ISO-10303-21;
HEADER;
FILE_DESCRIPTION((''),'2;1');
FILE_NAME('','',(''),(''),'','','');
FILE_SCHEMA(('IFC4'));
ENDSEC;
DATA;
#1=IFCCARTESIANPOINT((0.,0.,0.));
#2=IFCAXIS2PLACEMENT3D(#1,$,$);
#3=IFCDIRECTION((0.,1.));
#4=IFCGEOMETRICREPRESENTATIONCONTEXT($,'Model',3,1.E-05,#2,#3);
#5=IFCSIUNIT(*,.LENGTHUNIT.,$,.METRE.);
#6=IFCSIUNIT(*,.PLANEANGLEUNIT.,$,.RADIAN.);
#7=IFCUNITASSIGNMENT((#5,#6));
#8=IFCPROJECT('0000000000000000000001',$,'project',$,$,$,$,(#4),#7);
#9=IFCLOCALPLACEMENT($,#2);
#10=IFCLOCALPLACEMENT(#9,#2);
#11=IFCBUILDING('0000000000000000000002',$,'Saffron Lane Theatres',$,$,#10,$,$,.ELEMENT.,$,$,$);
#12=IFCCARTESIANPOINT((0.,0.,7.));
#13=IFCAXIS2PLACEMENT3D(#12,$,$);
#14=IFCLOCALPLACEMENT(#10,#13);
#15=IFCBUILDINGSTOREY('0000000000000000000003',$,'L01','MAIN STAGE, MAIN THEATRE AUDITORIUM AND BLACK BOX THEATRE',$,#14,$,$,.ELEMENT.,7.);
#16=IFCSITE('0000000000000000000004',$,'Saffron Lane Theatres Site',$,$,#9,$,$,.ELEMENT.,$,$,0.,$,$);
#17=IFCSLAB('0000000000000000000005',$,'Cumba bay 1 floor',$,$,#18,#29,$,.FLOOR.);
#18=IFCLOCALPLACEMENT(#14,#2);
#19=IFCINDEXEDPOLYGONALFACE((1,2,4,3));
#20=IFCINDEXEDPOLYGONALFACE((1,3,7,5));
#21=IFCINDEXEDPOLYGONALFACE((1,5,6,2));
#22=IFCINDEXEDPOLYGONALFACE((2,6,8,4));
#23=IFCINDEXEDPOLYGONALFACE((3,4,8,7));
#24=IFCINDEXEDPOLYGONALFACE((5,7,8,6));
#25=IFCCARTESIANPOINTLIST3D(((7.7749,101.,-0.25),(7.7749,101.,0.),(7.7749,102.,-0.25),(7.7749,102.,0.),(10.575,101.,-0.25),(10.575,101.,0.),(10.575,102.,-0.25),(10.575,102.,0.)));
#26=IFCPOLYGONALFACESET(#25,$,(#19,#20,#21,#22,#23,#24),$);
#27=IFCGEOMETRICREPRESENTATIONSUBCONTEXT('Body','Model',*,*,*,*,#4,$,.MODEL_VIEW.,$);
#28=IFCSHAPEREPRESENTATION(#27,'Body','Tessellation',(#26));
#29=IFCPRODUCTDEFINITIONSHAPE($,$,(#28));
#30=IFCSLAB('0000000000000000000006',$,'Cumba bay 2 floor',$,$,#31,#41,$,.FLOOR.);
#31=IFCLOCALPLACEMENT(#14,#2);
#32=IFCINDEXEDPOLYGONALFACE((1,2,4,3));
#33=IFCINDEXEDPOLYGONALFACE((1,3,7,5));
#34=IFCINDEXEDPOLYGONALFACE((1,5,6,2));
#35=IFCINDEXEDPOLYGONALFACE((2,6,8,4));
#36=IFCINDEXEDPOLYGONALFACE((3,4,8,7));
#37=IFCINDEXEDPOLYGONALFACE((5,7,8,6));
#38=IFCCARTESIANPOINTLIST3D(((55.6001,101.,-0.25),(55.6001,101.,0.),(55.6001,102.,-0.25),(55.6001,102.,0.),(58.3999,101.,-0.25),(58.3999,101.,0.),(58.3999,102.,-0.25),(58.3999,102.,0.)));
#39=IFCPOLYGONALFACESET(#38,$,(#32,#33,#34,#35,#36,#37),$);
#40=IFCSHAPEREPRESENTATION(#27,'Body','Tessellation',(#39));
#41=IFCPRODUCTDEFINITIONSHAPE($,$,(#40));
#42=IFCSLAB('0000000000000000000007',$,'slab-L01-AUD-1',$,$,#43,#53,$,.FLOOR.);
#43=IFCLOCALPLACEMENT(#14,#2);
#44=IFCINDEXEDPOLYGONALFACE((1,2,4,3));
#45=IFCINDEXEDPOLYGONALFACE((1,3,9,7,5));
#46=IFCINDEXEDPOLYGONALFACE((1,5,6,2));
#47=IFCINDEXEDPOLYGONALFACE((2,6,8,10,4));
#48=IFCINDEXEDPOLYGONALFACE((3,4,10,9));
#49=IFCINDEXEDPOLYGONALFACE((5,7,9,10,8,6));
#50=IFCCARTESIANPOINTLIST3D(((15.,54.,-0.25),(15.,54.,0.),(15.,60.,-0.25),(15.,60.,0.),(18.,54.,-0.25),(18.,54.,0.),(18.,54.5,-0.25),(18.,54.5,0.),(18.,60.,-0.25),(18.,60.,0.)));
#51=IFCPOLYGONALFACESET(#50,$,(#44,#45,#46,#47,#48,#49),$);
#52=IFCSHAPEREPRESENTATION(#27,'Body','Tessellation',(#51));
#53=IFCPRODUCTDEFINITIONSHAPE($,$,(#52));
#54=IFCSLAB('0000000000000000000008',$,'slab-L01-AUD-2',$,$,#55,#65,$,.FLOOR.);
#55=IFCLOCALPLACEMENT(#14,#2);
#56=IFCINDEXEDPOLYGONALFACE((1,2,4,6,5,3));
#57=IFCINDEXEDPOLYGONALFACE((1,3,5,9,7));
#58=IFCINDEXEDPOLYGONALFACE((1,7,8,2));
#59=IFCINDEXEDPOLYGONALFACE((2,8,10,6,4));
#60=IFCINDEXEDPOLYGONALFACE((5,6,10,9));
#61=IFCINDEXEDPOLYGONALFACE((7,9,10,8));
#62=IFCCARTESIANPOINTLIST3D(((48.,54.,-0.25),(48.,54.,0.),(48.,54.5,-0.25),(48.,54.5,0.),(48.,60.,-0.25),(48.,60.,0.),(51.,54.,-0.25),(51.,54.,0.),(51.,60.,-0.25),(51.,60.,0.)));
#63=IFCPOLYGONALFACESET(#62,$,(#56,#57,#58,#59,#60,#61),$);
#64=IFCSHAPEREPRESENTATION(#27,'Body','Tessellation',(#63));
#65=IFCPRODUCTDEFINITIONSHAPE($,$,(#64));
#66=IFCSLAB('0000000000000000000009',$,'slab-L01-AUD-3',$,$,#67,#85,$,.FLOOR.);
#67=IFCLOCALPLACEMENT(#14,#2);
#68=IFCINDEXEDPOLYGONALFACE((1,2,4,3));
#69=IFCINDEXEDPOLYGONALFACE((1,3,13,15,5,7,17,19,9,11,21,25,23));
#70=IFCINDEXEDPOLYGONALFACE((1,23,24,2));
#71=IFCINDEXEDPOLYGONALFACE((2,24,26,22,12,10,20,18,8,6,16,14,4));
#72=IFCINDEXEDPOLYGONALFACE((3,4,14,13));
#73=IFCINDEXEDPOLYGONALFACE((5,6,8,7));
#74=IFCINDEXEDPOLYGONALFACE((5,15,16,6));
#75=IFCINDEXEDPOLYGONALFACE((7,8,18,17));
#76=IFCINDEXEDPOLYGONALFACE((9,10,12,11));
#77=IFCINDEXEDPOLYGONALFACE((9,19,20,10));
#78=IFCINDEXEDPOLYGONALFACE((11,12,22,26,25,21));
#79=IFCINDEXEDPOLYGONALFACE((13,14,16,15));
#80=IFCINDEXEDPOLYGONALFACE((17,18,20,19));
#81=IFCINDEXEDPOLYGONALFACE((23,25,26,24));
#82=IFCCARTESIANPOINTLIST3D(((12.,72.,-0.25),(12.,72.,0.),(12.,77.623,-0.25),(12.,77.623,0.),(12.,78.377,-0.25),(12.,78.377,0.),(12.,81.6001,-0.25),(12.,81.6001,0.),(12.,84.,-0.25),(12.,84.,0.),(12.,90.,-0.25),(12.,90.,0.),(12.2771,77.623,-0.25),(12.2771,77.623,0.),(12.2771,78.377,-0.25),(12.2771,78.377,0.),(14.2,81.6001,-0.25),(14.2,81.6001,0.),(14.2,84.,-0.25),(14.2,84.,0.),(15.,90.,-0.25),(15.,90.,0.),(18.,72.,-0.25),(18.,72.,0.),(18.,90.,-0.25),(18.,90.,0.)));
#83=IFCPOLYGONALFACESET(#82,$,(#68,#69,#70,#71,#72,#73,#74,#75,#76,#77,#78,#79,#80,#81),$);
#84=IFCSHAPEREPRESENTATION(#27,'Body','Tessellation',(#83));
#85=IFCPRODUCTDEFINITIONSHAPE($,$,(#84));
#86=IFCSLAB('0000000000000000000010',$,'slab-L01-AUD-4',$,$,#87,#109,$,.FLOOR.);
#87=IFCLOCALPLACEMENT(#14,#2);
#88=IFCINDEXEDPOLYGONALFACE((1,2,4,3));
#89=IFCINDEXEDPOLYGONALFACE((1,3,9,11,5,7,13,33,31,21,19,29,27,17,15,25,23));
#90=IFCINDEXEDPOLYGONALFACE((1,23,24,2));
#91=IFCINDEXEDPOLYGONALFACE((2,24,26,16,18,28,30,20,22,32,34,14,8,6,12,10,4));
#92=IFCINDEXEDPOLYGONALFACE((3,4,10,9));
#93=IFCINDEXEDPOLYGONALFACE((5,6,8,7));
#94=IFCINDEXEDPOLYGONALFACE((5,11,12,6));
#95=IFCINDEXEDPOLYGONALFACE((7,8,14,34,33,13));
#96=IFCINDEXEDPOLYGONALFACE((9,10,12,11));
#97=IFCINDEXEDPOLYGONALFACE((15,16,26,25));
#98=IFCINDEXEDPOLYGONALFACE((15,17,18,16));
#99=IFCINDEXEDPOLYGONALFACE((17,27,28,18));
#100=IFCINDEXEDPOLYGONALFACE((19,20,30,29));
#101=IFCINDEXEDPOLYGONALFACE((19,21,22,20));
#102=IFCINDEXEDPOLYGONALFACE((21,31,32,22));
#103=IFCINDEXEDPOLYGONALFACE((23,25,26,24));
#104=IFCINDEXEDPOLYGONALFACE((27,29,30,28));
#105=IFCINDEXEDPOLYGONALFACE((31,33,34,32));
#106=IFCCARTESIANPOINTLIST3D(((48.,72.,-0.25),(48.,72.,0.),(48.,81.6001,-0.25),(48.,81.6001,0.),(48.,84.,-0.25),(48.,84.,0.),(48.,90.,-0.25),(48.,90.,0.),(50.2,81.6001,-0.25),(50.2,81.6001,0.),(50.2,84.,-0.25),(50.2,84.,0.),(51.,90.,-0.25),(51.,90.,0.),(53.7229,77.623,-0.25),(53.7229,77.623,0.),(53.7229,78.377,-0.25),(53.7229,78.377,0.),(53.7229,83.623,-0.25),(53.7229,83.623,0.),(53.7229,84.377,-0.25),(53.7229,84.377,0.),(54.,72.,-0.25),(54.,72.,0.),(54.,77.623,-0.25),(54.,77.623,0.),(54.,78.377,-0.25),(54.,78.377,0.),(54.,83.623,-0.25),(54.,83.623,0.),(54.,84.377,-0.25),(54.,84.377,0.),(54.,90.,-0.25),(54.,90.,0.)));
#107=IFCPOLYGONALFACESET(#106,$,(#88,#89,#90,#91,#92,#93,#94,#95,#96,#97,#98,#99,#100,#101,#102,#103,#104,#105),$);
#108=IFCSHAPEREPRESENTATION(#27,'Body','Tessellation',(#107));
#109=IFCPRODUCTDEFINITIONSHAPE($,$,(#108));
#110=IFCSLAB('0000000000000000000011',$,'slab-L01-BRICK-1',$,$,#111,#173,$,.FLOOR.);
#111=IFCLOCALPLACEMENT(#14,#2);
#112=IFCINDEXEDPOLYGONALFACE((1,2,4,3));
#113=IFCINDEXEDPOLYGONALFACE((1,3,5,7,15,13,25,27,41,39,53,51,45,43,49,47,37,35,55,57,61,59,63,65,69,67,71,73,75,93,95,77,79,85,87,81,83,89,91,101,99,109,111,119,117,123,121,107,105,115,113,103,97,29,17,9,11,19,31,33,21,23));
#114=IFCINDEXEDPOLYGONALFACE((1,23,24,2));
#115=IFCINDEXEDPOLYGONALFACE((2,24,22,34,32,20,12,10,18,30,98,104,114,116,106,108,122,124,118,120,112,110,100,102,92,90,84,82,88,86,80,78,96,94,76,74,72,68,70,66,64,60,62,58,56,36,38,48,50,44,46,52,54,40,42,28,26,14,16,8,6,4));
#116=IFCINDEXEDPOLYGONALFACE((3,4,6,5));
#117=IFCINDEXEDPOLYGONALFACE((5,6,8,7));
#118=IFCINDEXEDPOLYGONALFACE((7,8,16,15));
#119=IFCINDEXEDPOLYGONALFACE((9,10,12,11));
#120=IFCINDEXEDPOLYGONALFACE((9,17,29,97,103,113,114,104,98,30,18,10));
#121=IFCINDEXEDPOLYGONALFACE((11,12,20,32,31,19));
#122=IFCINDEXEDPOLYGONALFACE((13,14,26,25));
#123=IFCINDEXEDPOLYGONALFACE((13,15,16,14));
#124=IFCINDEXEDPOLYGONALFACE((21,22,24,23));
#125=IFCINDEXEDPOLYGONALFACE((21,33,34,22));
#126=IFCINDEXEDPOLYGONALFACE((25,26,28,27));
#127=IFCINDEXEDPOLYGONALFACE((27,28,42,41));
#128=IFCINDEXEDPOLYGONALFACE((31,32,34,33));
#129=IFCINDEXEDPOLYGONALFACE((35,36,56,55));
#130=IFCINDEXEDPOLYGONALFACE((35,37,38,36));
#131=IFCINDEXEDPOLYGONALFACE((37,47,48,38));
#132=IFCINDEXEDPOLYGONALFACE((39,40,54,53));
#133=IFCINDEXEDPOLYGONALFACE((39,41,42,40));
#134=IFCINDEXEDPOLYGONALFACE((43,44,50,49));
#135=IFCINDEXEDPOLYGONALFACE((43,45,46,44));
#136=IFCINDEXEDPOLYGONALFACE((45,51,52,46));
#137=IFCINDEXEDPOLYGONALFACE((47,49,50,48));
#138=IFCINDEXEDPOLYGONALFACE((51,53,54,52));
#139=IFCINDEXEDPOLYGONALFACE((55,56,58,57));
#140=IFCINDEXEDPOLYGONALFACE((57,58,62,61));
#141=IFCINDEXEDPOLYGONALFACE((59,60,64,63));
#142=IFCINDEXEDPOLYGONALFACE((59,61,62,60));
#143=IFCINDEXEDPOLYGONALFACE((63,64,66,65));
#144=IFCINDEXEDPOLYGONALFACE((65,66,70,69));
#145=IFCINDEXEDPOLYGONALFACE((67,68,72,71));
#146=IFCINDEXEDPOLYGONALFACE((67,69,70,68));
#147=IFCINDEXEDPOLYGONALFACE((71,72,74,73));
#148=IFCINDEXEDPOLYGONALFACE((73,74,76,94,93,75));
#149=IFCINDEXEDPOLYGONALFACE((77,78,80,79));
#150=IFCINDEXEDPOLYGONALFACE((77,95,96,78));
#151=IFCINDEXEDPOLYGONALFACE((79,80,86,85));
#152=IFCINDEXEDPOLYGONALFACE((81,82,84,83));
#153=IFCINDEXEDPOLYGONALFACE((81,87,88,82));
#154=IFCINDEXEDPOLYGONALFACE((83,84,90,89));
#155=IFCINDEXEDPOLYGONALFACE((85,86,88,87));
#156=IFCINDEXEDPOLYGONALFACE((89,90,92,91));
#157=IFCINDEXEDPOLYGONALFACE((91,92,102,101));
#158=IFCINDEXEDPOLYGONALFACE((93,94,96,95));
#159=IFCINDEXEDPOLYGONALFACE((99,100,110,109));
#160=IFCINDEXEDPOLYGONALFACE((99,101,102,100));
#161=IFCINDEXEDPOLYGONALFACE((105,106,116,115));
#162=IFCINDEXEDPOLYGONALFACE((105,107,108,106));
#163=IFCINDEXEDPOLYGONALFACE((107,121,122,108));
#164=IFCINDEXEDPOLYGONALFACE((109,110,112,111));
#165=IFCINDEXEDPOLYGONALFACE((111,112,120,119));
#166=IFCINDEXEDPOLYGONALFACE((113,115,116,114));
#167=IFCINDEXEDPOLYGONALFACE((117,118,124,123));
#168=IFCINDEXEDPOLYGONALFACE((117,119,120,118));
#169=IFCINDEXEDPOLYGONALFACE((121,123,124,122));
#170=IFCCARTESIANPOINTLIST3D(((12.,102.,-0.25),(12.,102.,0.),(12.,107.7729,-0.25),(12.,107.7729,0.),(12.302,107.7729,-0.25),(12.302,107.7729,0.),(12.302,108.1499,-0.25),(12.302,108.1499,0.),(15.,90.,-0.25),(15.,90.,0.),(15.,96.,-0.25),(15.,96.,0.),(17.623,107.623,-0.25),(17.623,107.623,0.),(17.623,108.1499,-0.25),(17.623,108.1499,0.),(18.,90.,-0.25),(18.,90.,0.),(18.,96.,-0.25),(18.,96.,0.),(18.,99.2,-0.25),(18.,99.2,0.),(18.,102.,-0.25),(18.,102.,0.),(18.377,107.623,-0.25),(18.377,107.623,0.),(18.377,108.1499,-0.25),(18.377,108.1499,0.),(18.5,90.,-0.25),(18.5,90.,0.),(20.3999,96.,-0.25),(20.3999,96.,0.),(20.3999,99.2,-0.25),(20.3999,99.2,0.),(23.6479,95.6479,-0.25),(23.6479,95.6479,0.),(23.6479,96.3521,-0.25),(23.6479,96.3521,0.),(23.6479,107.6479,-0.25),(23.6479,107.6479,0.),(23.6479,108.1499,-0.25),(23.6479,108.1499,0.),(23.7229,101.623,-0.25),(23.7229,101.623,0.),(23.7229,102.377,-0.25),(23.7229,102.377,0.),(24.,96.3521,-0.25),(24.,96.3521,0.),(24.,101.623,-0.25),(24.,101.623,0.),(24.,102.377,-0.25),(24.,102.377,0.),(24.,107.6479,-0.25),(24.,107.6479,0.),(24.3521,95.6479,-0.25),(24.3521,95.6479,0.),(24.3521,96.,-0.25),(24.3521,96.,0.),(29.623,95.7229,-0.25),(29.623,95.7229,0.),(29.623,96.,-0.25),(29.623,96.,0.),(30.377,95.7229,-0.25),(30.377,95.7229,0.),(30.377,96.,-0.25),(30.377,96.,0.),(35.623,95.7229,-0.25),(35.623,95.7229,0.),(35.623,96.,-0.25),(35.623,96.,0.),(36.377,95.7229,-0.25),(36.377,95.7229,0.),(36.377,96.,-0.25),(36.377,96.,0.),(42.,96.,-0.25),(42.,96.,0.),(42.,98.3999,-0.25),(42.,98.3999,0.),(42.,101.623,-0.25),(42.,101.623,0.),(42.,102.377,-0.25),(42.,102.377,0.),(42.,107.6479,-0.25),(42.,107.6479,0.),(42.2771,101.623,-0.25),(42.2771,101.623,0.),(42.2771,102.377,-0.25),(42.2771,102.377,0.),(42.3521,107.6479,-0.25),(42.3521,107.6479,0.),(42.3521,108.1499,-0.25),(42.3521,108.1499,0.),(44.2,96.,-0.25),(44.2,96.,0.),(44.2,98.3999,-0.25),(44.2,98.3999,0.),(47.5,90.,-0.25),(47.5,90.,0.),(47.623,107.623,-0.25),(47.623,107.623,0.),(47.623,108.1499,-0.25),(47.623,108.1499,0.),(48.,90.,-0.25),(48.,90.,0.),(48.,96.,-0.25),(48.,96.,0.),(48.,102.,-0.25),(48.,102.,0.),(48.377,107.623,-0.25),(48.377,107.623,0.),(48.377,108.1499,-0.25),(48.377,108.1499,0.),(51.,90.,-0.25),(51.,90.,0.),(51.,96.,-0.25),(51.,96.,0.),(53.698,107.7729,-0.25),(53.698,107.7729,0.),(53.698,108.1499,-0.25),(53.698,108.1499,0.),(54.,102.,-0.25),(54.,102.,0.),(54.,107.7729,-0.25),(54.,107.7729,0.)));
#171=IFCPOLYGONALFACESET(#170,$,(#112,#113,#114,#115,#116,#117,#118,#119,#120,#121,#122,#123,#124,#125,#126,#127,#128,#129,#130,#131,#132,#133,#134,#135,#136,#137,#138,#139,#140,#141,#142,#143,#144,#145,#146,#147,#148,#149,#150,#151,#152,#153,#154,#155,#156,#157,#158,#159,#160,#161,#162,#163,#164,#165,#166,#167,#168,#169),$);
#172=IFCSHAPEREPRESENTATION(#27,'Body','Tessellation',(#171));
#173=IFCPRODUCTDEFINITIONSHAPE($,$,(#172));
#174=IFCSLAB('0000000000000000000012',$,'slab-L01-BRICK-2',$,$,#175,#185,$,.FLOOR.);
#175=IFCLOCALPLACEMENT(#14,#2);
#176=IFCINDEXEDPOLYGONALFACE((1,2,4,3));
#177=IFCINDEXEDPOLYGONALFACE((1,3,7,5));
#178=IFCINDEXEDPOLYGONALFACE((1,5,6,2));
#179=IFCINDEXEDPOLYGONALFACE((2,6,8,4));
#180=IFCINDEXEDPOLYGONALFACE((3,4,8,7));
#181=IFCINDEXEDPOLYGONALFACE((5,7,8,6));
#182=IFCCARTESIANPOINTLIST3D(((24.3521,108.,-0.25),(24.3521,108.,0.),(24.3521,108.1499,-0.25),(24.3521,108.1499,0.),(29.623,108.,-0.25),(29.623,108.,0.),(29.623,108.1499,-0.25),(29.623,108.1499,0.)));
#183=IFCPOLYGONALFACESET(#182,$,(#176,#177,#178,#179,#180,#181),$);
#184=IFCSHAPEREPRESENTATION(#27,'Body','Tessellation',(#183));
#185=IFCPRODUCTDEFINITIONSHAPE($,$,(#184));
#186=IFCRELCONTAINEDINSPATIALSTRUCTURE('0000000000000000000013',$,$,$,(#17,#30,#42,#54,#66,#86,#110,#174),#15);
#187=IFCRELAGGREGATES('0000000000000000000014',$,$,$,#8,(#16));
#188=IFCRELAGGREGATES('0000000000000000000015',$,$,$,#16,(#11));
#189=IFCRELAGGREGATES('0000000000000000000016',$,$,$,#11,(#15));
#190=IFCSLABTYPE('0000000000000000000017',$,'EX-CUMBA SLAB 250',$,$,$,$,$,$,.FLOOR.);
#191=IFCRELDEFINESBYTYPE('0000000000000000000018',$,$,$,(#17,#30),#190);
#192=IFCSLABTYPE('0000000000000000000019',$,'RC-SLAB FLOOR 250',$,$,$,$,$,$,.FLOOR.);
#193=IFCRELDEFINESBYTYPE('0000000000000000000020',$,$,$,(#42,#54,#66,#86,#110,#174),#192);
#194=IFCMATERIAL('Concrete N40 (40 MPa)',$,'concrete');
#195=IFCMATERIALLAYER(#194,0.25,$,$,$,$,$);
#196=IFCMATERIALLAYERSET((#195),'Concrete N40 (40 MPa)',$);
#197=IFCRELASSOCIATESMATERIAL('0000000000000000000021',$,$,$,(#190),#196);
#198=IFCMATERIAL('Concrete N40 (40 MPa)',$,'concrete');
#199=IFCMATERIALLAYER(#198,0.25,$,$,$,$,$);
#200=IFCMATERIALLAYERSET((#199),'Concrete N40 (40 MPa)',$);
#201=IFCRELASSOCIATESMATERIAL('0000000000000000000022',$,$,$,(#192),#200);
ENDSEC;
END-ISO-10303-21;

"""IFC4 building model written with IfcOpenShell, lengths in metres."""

from ifc_helpers import new_model, si_unit, direction, frame, origin, place, context, subcontext, project, spatial, polyline, outline, extrude, material, layer, layer_set, type_object, element, save


model = new_model("IFC4")

# Units and contexts
model_context = context("Model", 3, precision=1e-05, world=origin(), true_north=direction((0.0, 1.0)))
body_context = subcontext(model_context, "Body", "Model", "MODEL_VIEW")
ifc_project = project(units=[si_unit("LENGTHUNIT", "METRE"), si_unit("PLANEANGLEUNIT", "RADIAN")], contexts=[model_context])

# Site, building, storey
site_placement = place(None, origin())
site = spatial("IfcSite", under=ifc_project, at=site_placement, Name="Saffron Lane Theatres Site", CompositionType="ELEMENT", RefElevation=0.0)
building_placement = place(site_placement, origin())
building = spatial("IfcBuilding", under=site, at=building_placement, Name="Saffron Lane Theatres", CompositionType="ELEMENT")
storey_placement = place(building_placement, frame((0.0, 0.0, 7.0)))
storey = spatial("IfcBuildingStorey", under=building, at=storey_placement, Name="L01", Description="MAIN STAGE, MAIN THEATRE AUDITORIUM AND BLACK BOX THEATRE", CompositionType="ELEMENT", Elevation=7.0)

# Slabs
ifc_material_1 = material(Name="Concrete N40 (40 MPa)", Category="concrete")
ifc_layer_1 = layer(ifc_material_1, 0.25)
ifc_layer_set_1 = layer_set([ifc_layer_1], Name="Concrete N40 (40 MPa)")
slab_type_1 = type_object("IfcSlabType", Name="EX-CUMBA SLAB 250", PredefinedType="FLOOR", material=ifc_layer_set_1)
slab_1_placement = place(storey_placement, frame((0.0, 0.0, -0.25)))
element("IfcSlab", 1, at=slab_1_placement, inside=storey, type_object=slab_type_1, Name="Cumba bay 1 floor", PredefinedType="FLOOR", context=body_context, shape_type="SweptSolid", body=[
    extrude(outline(polyline([(10.575, 102.0), (7.7749, 102.0), (7.7749, 101.0), (10.575, 101.0), (10.575, 102.0)])), origin(), (0.0, 0.0, 1.0), 0.25),
])
slab_2_placement = place(storey_placement, frame((0.0, 0.0, -0.25)))
element("IfcSlab", 2, at=slab_2_placement, inside=storey, type_object=slab_type_1, Name="Cumba bay 2 floor", PredefinedType="FLOOR", context=body_context, shape_type="SweptSolid", body=[
    extrude(outline(polyline([(58.3999, 102.0), (55.6001, 102.0), (55.6001, 101.0), (58.3999, 101.0), (58.3999, 102.0)])), origin(), (0.0, 0.0, 1.0), 0.25),
])
ifc_material_2 = material(Name="Concrete N40 (40 MPa)", Category="concrete")
ifc_layer_2 = layer(ifc_material_2, 0.25)
ifc_layer_set_2 = layer_set([ifc_layer_2], Name="Concrete N40 (40 MPa)")
slab_type_2 = type_object("IfcSlabType", Name="RC-SLAB FLOOR 250", PredefinedType="FLOOR", material=ifc_layer_set_2)
slab_3_placement = place(storey_placement, frame((0.0, 0.0, -0.25)))
element("IfcSlab", 3, at=slab_3_placement, inside=storey, type_object=slab_type_2, Name="slab-L01-AUD-1", PredefinedType="FLOOR", context=body_context, shape_type="SweptSolid", body=[
    extrude(outline(polyline([(15.0, 60.0), (15.0, 54.0), (18.0, 54.0), (18.0, 54.5), (18.0, 60.0), (15.0, 60.0)])), origin(), (0.0, 0.0, 1.0), 0.25),
])
slab_4_placement = place(storey_placement, frame((0.0, 0.0, -0.25)))
element("IfcSlab", 4, at=slab_4_placement, inside=storey, type_object=slab_type_2, Name="slab-L01-AUD-2", PredefinedType="FLOOR", context=body_context, shape_type="SweptSolid", body=[
    extrude(outline(polyline([(48.0, 54.5), (48.0, 54.0), (51.0, 54.0), (51.0, 60.0), (48.0, 60.0), (48.0, 54.5)])), origin(), (0.0, 0.0, 1.0), 0.25),
])
slab_5_placement = place(storey_placement, frame((0.0, 0.0, -0.25)))
element("IfcSlab", 5, at=slab_5_placement, inside=storey, type_object=slab_type_2, Name="slab-L01-AUD-3", PredefinedType="FLOOR", context=body_context, shape_type="SweptSolid", body=[
    extrude(outline(polyline([(18.0, 72.0), (18.0, 90.0), (15.0, 90.0), (12.0, 90.0), (12.0, 84.0), (14.2, 84.0), (14.2, 81.6001), (12.0, 81.6001), (12.0, 78.377), (12.2771, 78.377), (12.2771, 77.623), (12.0, 77.623), (12.0, 72.0), (18.0, 72.0)])), origin(), (0.0, 0.0, 1.0), 0.25),
])
slab_6_placement = place(storey_placement, frame((0.0, 0.0, -0.25)))
element("IfcSlab", 6, at=slab_6_placement, inside=storey, type_object=slab_type_2, Name="slab-L01-AUD-4", PredefinedType="FLOOR", context=body_context, shape_type="SweptSolid", body=[
    extrude(outline(polyline([(48.0, 72.0), (54.0, 72.0), (54.0, 77.623), (53.7229, 77.623), (53.7229, 78.377), (54.0, 78.377), (54.0, 83.623), (53.7229, 83.623), (53.7229, 84.377), (54.0, 84.377), (54.0, 90.0), (51.0, 90.0), (48.0, 90.0), (48.0, 84.0), (50.2, 84.0), (50.2, 81.6001), (48.0, 81.6001), (48.0, 72.0)])), origin(), (0.0, 0.0, 1.0), 0.25),
])
slab_7_placement = place(storey_placement, frame((0.0, 0.0, -0.25)))
element("IfcSlab", 7, at=slab_7_placement, inside=storey, type_object=slab_type_2, Name="slab-L01-BRICK-1", PredefinedType="FLOOR", context=body_context, shape_type="SweptSolid", body=[
    extrude(outline(polyline([(18.5, 90.0), (47.5, 90.0), (48.0, 90.0), (51.0, 90.0), (51.0, 96.0), (48.0, 96.0), (48.0, 102.0), (54.0, 102.0), (54.0, 107.7729), (53.698, 107.7729), (53.698, 108.1499), (48.377, 108.1499), (48.377, 107.623), (47.623, 107.623), (47.623, 108.1499), (42.3521, 108.1499), (42.3521, 107.6479), (42.0, 107.6479), (42.0, 102.377), (42.2771, 102.377), (42.2771, 101.623), (42.0, 101.623), (42.0, 98.3999), (44.2, 98.3999), (44.2, 96.0), (42.0, 96.0), (36.377, 96.0), (36.377, 95.7229), (35.623, 95.7229), (35.623, 96.0), (30.377, 96.0), (30.377, 95.7229), (29.623, 95.7229), (29.623, 96.0), (24.3521, 96.0), (24.3521, 95.6479), (23.6479, 95.6479), (23.6479, 96.3521), (24.0, 96.3521), (24.0, 101.623), (23.7229, 101.623), (23.7229, 102.377), (24.0, 102.377), (24.0, 107.6479), (23.6479, 107.6479), (23.6479, 108.1499), (18.377, 108.1499), (18.377, 107.623), (17.623, 107.623), (17.623, 108.1499), (12.302, 108.1499), (12.302, 107.7729), (12.0, 107.7729), (12.0, 102.0), (18.0, 102.0), (18.0, 99.2), (20.3999, 99.2), (20.3999, 96.0), (18.0, 96.0), (15.0, 96.0), (15.0, 90.0), (18.0, 90.0), (18.5, 90.0)])), origin(), (0.0, 0.0, 1.0), 0.25),
])
slab_8_placement = place(storey_placement, frame((0.0, 0.0, -0.25)))
element("IfcSlab", 8, at=slab_8_placement, inside=storey, type_object=slab_type_2, Name="slab-L01-BRICK-2", PredefinedType="FLOOR", context=body_context, shape_type="SweptSolid", body=[
    extrude(outline(polyline([(24.3521, 108.0), (29.623, 108.0), (29.623, 108.1499), (24.3521, 108.1499), (24.3521, 108.0)])), origin(), (0.0, 0.0, 1.0), 0.25),
])

save(model, "model.ifc")
